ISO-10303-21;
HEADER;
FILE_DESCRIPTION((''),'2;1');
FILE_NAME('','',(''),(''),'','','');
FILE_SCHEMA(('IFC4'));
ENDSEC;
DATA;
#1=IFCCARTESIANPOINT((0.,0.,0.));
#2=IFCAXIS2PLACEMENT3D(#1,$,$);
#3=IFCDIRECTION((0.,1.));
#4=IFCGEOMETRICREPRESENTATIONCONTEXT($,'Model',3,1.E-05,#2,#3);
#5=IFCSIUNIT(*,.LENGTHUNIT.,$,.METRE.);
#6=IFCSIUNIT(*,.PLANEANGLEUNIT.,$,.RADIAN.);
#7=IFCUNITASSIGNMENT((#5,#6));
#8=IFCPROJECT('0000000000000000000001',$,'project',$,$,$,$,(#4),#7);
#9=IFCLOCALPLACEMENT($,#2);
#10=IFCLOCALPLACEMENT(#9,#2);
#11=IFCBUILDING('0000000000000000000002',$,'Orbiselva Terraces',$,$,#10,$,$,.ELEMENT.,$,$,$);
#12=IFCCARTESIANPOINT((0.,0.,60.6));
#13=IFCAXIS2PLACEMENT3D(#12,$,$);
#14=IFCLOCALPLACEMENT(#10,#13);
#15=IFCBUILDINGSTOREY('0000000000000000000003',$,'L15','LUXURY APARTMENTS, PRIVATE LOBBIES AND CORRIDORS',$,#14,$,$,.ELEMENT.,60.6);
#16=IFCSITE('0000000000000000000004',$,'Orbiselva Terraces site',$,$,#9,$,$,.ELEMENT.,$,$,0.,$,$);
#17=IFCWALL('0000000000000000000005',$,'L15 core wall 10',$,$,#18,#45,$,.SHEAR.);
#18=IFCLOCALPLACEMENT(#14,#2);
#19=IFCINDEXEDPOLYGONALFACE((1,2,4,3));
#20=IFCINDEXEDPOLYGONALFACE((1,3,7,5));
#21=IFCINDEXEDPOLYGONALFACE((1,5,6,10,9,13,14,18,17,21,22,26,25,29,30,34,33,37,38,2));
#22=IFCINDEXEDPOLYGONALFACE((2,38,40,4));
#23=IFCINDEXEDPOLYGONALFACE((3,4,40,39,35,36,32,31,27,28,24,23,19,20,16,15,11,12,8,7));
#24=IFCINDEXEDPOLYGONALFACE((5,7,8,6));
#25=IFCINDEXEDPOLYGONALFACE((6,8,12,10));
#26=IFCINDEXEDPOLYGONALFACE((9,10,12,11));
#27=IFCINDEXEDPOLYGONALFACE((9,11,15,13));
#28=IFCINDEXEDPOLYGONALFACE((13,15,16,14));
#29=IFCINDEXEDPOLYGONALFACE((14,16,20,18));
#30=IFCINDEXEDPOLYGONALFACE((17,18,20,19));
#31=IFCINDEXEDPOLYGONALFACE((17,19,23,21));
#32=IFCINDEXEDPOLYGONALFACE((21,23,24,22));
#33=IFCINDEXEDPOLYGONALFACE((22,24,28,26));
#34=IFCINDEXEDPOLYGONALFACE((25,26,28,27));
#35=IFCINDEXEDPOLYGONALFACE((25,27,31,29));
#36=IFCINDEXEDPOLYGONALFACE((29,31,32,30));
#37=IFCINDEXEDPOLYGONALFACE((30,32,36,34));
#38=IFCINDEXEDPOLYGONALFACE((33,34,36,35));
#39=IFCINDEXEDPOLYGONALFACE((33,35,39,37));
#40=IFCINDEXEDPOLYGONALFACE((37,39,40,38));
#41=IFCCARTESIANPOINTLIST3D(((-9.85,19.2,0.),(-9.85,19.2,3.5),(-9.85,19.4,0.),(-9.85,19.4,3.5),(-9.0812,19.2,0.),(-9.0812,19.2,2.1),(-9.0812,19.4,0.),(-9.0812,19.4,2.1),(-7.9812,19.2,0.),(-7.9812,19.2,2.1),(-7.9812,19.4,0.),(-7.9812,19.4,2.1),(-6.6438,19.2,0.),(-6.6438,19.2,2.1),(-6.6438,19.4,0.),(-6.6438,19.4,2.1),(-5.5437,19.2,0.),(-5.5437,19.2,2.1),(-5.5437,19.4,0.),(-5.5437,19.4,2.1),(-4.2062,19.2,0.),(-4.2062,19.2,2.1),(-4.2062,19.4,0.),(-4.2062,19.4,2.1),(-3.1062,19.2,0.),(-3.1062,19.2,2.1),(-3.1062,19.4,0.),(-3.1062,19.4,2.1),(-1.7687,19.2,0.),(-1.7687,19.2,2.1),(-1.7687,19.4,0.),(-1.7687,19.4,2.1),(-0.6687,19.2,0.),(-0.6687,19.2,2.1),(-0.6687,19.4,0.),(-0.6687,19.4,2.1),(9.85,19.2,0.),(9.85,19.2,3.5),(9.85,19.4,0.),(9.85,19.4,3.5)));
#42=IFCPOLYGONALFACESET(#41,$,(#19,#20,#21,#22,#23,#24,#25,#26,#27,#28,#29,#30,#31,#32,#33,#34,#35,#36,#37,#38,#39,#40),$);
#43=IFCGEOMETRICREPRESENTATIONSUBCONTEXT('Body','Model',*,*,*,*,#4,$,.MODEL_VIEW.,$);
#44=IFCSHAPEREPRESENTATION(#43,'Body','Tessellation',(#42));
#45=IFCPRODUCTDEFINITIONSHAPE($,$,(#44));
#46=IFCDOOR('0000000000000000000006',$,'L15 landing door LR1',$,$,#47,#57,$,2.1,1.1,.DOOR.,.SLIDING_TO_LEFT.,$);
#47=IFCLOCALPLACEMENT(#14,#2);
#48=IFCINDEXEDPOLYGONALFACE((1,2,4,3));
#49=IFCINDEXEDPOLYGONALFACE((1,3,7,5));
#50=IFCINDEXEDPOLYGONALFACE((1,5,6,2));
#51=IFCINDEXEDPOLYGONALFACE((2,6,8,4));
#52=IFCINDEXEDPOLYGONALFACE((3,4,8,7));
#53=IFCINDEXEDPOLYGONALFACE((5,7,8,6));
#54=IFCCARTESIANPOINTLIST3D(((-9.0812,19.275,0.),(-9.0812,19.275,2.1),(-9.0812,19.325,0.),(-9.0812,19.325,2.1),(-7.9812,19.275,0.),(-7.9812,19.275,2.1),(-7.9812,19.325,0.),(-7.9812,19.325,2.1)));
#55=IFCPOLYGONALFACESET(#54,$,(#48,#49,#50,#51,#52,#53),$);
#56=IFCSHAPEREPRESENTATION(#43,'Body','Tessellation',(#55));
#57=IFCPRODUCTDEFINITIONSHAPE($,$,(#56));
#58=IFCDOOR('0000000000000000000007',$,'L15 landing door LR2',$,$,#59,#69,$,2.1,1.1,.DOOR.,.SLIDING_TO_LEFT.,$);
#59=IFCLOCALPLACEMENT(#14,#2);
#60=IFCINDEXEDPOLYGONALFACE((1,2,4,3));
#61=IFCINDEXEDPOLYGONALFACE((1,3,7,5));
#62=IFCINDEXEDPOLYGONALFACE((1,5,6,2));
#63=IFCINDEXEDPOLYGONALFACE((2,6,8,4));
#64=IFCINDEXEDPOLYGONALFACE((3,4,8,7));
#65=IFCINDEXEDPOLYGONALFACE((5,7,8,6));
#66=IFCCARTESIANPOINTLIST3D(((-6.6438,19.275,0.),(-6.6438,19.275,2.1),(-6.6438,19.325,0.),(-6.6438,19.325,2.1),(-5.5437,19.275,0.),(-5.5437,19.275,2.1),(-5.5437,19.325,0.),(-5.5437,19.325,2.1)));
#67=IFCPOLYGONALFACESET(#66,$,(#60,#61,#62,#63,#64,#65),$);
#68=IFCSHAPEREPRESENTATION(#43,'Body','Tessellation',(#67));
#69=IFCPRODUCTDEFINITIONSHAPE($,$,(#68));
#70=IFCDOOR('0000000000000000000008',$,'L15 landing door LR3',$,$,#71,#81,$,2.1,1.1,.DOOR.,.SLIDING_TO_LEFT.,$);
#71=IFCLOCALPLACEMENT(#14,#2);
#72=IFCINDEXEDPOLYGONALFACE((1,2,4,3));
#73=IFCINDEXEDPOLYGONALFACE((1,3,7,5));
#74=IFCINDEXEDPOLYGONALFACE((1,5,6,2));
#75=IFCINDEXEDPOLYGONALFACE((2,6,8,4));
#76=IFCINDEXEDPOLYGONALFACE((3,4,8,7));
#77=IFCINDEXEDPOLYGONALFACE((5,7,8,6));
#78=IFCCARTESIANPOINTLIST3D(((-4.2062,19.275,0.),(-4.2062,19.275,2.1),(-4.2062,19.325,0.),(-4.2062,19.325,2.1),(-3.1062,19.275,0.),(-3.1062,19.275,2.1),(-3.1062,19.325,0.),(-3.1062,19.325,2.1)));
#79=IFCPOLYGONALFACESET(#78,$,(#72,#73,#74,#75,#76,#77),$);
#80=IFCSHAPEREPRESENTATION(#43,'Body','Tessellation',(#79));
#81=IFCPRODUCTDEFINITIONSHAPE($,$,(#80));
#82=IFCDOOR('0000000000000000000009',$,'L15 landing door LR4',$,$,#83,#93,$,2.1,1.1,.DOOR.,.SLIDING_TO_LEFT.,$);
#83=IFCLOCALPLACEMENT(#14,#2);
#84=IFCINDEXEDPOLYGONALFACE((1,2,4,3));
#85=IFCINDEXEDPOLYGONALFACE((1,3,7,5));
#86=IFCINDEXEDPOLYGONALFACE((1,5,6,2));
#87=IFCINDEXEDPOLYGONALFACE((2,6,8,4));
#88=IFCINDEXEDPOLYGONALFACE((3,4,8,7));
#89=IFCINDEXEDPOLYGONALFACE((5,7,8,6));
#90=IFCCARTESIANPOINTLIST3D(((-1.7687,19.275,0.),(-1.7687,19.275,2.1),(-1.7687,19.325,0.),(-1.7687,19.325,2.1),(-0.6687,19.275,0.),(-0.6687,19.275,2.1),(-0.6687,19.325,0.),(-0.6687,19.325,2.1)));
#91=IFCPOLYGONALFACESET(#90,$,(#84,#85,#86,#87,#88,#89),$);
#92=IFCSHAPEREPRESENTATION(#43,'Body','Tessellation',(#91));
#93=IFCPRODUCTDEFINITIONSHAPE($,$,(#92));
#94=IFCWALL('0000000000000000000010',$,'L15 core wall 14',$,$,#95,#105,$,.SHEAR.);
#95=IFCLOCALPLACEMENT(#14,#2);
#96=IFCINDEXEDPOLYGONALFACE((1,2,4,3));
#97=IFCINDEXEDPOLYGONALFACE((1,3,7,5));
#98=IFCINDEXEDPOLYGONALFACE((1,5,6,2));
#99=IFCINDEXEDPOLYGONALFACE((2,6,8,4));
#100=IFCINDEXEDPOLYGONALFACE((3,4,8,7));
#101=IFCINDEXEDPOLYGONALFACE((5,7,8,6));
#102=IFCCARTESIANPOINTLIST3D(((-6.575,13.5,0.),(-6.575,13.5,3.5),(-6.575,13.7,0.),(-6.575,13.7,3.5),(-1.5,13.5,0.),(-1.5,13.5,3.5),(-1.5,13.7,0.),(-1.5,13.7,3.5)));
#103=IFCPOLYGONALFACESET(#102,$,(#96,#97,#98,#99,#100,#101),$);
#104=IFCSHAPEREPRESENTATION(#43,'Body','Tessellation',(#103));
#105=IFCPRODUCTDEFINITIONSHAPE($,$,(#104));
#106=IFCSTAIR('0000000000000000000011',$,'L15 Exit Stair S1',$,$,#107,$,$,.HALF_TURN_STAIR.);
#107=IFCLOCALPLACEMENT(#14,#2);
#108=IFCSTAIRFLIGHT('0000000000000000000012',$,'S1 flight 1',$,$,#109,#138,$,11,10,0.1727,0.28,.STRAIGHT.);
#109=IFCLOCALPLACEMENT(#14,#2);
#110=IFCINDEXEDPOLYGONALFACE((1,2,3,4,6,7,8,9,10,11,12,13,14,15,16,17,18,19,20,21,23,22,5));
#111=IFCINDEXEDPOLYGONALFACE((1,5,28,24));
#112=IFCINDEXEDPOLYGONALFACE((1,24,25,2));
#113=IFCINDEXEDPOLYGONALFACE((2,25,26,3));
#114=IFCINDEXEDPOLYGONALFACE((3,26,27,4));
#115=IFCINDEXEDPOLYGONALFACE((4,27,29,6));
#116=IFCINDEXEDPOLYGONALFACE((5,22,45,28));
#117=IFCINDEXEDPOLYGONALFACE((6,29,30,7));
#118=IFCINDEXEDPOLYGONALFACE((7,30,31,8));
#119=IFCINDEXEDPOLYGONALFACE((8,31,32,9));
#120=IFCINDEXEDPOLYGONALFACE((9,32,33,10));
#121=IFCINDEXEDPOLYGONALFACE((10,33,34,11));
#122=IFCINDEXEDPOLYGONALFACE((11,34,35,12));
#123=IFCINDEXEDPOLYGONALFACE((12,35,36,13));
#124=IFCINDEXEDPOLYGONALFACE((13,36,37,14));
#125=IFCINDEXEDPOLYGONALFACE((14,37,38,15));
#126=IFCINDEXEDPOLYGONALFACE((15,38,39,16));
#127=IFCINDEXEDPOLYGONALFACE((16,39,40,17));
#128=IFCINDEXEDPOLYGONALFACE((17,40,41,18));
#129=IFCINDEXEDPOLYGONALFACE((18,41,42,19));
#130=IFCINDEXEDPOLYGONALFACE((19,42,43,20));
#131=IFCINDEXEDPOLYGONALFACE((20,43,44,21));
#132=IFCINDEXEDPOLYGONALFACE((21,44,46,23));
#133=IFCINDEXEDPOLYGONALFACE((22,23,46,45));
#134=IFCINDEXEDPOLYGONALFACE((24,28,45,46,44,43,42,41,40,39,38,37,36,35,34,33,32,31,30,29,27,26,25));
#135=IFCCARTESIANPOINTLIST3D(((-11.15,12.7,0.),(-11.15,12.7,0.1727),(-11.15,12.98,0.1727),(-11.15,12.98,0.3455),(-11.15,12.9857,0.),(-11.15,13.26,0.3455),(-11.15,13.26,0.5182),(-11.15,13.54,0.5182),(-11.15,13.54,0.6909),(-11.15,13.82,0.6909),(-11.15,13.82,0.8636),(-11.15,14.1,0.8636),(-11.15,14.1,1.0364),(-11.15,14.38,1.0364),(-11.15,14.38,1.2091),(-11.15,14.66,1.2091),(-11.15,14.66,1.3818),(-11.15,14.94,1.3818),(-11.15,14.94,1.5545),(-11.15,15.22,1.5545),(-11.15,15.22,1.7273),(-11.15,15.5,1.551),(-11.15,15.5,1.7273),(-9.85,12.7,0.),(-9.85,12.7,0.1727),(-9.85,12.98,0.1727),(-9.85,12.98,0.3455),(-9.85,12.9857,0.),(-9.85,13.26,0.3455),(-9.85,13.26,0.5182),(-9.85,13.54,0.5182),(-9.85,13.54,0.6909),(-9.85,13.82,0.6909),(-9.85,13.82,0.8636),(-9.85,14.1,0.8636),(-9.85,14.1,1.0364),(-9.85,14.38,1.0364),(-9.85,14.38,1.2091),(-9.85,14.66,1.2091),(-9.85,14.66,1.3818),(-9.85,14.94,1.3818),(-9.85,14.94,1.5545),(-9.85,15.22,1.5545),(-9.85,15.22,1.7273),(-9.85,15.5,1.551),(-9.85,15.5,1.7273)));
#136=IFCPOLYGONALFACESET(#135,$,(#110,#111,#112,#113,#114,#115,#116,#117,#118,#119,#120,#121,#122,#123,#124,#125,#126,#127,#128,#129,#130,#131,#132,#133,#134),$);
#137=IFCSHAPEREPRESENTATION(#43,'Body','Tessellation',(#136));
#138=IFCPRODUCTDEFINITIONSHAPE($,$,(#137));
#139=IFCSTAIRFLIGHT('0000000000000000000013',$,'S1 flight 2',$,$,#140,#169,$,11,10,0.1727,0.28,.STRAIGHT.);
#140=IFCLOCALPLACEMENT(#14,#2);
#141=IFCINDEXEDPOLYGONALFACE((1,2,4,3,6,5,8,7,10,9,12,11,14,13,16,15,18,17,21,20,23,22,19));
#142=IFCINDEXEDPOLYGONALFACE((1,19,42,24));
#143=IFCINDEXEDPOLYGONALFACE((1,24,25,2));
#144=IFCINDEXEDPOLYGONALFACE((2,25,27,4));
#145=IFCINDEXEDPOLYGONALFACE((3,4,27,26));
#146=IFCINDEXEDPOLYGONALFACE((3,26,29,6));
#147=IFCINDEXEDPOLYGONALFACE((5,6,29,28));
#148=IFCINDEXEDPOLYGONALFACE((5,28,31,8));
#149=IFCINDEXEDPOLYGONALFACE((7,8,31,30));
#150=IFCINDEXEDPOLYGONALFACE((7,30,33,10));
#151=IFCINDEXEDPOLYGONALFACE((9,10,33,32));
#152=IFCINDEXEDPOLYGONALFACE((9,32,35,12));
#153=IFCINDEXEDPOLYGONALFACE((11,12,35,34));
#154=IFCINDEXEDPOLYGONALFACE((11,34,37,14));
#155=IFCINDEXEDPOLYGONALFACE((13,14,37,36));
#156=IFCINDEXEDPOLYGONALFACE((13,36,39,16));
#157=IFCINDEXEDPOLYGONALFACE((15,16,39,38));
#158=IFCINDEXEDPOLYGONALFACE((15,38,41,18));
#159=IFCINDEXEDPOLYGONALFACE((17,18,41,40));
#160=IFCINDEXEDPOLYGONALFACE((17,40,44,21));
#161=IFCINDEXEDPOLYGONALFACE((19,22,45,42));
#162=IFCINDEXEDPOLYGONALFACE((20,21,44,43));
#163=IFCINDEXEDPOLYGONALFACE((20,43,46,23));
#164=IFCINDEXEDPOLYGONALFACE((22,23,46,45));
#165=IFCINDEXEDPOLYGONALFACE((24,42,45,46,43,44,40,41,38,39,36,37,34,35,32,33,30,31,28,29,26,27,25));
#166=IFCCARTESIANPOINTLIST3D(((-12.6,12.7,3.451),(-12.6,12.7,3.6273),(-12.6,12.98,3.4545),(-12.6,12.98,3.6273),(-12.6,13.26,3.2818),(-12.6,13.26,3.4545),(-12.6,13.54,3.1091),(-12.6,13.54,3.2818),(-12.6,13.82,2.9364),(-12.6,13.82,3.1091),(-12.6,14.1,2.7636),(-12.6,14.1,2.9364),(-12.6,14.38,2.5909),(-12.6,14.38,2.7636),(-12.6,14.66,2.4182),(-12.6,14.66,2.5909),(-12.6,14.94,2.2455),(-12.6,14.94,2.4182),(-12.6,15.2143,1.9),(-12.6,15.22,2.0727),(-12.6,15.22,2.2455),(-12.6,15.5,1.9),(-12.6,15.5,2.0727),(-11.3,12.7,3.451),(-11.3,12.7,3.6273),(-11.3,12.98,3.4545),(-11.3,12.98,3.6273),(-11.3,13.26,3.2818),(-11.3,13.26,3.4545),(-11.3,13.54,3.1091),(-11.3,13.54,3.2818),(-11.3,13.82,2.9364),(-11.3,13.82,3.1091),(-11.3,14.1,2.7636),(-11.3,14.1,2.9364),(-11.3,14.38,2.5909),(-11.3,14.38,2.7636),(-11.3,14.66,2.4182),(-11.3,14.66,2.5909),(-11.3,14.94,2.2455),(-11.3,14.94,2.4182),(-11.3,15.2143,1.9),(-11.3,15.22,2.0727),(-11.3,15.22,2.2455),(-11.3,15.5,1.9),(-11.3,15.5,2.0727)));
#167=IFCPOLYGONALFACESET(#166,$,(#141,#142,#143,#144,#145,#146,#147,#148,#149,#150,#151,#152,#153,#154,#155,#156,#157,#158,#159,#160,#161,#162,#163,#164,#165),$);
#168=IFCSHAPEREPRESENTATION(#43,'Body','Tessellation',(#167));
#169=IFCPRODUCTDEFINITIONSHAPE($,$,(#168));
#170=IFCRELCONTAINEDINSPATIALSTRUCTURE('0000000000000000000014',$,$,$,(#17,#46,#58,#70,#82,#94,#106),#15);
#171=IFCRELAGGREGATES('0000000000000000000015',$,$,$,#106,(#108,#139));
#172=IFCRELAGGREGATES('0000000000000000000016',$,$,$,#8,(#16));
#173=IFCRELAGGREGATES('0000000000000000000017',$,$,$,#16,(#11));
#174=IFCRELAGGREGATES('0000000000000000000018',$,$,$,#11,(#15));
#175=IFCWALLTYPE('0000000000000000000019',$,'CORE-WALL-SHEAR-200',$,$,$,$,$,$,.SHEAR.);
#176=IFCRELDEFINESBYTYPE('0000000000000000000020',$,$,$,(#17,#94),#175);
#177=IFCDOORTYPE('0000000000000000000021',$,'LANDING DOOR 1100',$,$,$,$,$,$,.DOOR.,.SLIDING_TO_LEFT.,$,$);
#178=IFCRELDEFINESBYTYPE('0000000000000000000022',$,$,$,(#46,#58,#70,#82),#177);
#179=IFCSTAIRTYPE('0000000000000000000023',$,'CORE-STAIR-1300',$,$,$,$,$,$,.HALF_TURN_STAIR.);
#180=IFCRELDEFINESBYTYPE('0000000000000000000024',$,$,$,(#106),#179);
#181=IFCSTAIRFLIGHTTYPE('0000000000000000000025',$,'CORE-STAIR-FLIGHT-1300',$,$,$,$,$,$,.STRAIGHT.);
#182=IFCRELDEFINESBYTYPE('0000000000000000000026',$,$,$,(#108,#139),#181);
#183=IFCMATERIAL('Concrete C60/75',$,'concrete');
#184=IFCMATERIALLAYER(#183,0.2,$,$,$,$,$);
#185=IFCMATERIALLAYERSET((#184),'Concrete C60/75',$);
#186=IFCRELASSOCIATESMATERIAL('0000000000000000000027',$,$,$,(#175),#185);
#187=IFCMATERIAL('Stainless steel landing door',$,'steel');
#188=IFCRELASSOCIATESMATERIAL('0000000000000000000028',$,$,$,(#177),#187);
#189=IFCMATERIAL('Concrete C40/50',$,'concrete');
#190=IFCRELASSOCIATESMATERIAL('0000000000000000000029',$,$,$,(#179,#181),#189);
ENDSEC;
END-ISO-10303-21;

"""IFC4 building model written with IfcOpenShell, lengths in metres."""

from ifc_helpers import new_model, si_unit, direction, frame, frame_2d, origin, place, context, subcontext, project, spatial, polyline, rectangle, outline, extrude, material, layer, layer_set, type_object, element, fill, aggregate, save


model = new_model("IFC4")

# Units and contexts
model_context = context("Model", 3, precision=1e-05, world=origin(), true_north=direction((0.0, 1.0)))
body_context = subcontext(model_context, "Body", "Model", "MODEL_VIEW")
ifc_project = project(units=[si_unit("LENGTHUNIT", "METRE"), si_unit("PLANEANGLEUNIT", "RADIAN")], contexts=[model_context])

# Site, building, storey
site_placement = place(None, origin())
site = spatial("IfcSite", under=ifc_project, at=site_placement, Name="Orbiselva Terraces site", CompositionType="ELEMENT", RefElevation=0.0)
building_placement = place(site_placement, origin())
building = spatial("IfcBuilding", under=site, at=building_placement, Name="Orbiselva Terraces", CompositionType="ELEMENT")
storey_placement = place(building_placement, frame((0.0, 0.0, 60.6)))
storey = spatial("IfcBuildingStorey", under=building, at=storey_placement, Name="L15", Description="LUXURY APARTMENTS, PRIVATE LOBBIES AND CORRIDORS", CompositionType="ELEMENT", Elevation=60.6)

# Shared definitions
ifc_material_1 = material(Name="Concrete C40/50", Category="concrete")
ifc_material_2 = material(Name="Concrete C60/75", Category="concrete")
ifc_layer_1 = layer(ifc_material_2, 0.2)
ifc_layer_set_1 = layer_set([ifc_layer_1], Name="Concrete C60/75")
wall_type_1 = type_object("IfcWallType", Name="CORE-WALL-SHEAR-200", PredefinedType="SHEAR", material=ifc_layer_set_1)

# Wall, openings, doors
wall_1_placement = place(storey_placement, frame((-9.85, 19.3, 0.0), z_axis=(0.0, 0.0, 1.0), x_axis=(1.0, 0.0, 0.0)))
wall_1 = element("IfcWall", 1, at=wall_1_placement, inside=storey, type_object=wall_type_1, Name="L15 core wall 10", PredefinedType="SHEAR", context=body_context, shape_type="SweptSolid", body=[
    extrude(rectangle(XDim=19.7, YDim=0.2, at=frame_2d((9.85, 0.0))), origin(), (0.0, 0.0, 1.0), 3.5),
])
opening_1_placement = place(wall_1_placement, frame((0.7688, 0.0, 0.0)))
opening_1 = element("IfcOpeningElement", 2, at=opening_1_placement, cuts=wall_1, PredefinedType="OPENING", context=body_context, shape_type="SweptSolid", body=[
    extrude(rectangle(XDim=1.1, YDim=2.1, at=frame_2d((0.55, 1.05))), frame((0.0, 0.11, 0.0), z_axis=(0.0, -1.0, 0.0), x_axis=(1.0, 0.0, 0.0)), (0.0, 0.0, 1.0), 0.22),
])
opening_2_placement = place(wall_1_placement, frame((3.2062, 0.0, 0.0)))
opening_2 = element("IfcOpeningElement", 3, at=opening_2_placement, cuts=wall_1, PredefinedType="OPENING", context=body_context, shape_type="SweptSolid", body=[
    extrude(rectangle(XDim=1.1, YDim=2.1, at=frame_2d((0.55, 1.05))), frame((0.0, 0.11, 0.0), z_axis=(0.0, -1.0, 0.0), x_axis=(1.0, 0.0, 0.0)), (0.0, 0.0, 1.0), 0.22),
])
opening_3_placement = place(wall_1_placement, frame((5.6437, 0.0, 0.0)))
opening_3 = element("IfcOpeningElement", 4, at=opening_3_placement, cuts=wall_1, PredefinedType="OPENING", context=body_context, shape_type="SweptSolid", body=[
    extrude(rectangle(XDim=1.1, YDim=2.1, at=frame_2d((0.55, 1.05))), frame((0.0, 0.11, 0.0), z_axis=(0.0, -1.0, 0.0), x_axis=(1.0, 0.0, 0.0)), (0.0, 0.0, 1.0), 0.22),
])
opening_4_placement = place(wall_1_placement, frame((8.0813, 0.0, 0.0)))
opening_4 = element("IfcOpeningElement", 5, at=opening_4_placement, cuts=wall_1, PredefinedType="OPENING", context=body_context, shape_type="SweptSolid", body=[
    extrude(rectangle(XDim=1.1, YDim=2.1, at=frame_2d((0.55, 1.05))), frame((0.0, 0.11, 0.0), z_axis=(0.0, -1.0, 0.0), x_axis=(1.0, 0.0, 0.0)), (0.0, 0.0, 1.0), 0.22),
])
ifc_material_3 = material(Name="Stainless steel landing door", Category="steel")
door_type_1 = type_object("IfcDoorType", Name="LANDING DOOR 1100", OperationType="SLIDING_TO_LEFT", PredefinedType="DOOR", material=ifc_material_3)
door_1_placement = place(opening_1_placement, origin())
door_1 = element("IfcDoor", 6, at=door_1_placement, inside=storey, type_object=door_type_1, Name="L15 landing door LR1", OperationType="SLIDING_TO_LEFT", OverallHeight=2.1, OverallWidth=1.1, PredefinedType="DOOR", context=body_context, shape_type="SweptSolid", body=[
    extrude(rectangle(XDim=1.1, YDim=2.1, at=frame_2d((0.55, 1.05))), frame((0.0, 0.025, 0.0), z_axis=(0.0, -1.0, 0.0), x_axis=(1.0, 0.0, 0.0)), (0.0, 0.0, 1.0), 0.05),
])
fill(opening_1, door_1)
door_2_placement = place(opening_2_placement, origin())
door_2 = element("IfcDoor", 7, at=door_2_placement, inside=storey, type_object=door_type_1, Name="L15 landing door LR2", OperationType="SLIDING_TO_LEFT", OverallHeight=2.1, OverallWidth=1.1, PredefinedType="DOOR", context=body_context, shape_type="SweptSolid", body=[
    extrude(rectangle(XDim=1.1, YDim=2.1, at=frame_2d((0.55, 1.05))), frame((0.0, 0.025, 0.0), z_axis=(0.0, -1.0, 0.0), x_axis=(1.0, 0.0, 0.0)), (0.0, 0.0, 1.0), 0.05),
])
fill(opening_2, door_2)
door_3_placement = place(opening_3_placement, origin())
door_3 = element("IfcDoor", 8, at=door_3_placement, inside=storey, type_object=door_type_1, Name="L15 landing door LR3", OperationType="SLIDING_TO_LEFT", OverallHeight=2.1, OverallWidth=1.1, PredefinedType="DOOR", context=body_context, shape_type="SweptSolid", body=[
    extrude(rectangle(XDim=1.1, YDim=2.1, at=frame_2d((0.55, 1.05))), frame((0.0, 0.025, 0.0), z_axis=(0.0, -1.0, 0.0), x_axis=(1.0, 0.0, 0.0)), (0.0, 0.0, 1.0), 0.05),
])
fill(opening_3, door_3)
door_4_placement = place(opening_4_placement, origin())
door_4 = element("IfcDoor", 9, at=door_4_placement, inside=storey, type_object=door_type_1, Name="L15 landing door LR4", OperationType="SLIDING_TO_LEFT", OverallHeight=2.1, OverallWidth=1.1, PredefinedType="DOOR", context=body_context, shape_type="SweptSolid", body=[
    extrude(rectangle(XDim=1.1, YDim=2.1, at=frame_2d((0.55, 1.05))), frame((0.0, 0.025, 0.0), z_axis=(0.0, -1.0, 0.0), x_axis=(1.0, 0.0, 0.0)), (0.0, 0.0, 1.0), 0.05),
])
fill(opening_4, door_4)

# Wall
wall_2_placement = place(storey_placement, frame((-6.575, 13.6, 0.0), z_axis=(0.0, 0.0, 1.0), x_axis=(1.0, 0.0, 0.0)))
element("IfcWall", 10, at=wall_2_placement, inside=storey, type_object=wall_type_1, Name="L15 core wall 14", PredefinedType="SHEAR", context=body_context, shape_type="SweptSolid", body=[
    extrude(rectangle(XDim=5.075, YDim=0.2, at=frame_2d((2.5375, 0.0))), origin(), (0.0, 0.0, 1.0), 3.5),
])

# Stair, stair flights
stair_type = type_object("IfcStairType", Name="CORE-STAIR-1300", PredefinedType="HALF_TURN_STAIR", material=ifc_material_1)
stair_placement = place(storey_placement, origin())
stair = element("IfcStair", 11, at=stair_placement, inside=storey, type_object=stair_type, Name="L15 Exit Stair S1", PredefinedType="HALF_TURN_STAIR")
stair_flight_type = type_object("IfcStairFlightType", Name="CORE-STAIR-FLIGHT-1300", PredefinedType="STRAIGHT", material=ifc_material_1)
stair_flight_1_placement = place(storey_placement, frame((-10.5, 12.7, 0.0), z_axis=(0.0, 0.0, 1.0), x_axis=(0.0, 1.0, 0.0)))
stair_flight_1 = element("IfcStairFlight", 12, at=stair_flight_1_placement, type_object=stair_flight_type, Name="S1 flight 1", NumberOfRisers=11, NumberOfTreads=10, PredefinedType="STRAIGHT", RiserHeight=0.1727, TreadLength=0.28, context=body_context, shape_type="SweptSolid", body=[
    extrude(outline(polyline([(0.0, 0.0), (0.0, 0.1727), (0.28, 0.1727), (0.28, 0.3455), (0.56, 0.3455), (0.56, 0.5182), (0.84, 0.5182), (0.84, 0.6909), (1.12, 0.6909), (1.12, 0.8636), (1.4, 0.8636), (1.4, 1.0364), (1.68, 1.0364), (1.68, 1.2091), (1.96, 1.2091), (1.96, 1.3818), (2.24, 1.3818), (2.24, 1.5545), (2.52, 1.5545), (2.52, 1.7273), (2.8, 1.7273), (2.8, 1.9), (2.8, 1.551), (0.2857, 0.0), (0.0, 0.0)])), frame((0.0, 0.65, 0.0), z_axis=(0.0, -1.0, 0.0), x_axis=(1.0, 0.0, 0.0)), (0.0, 0.0, 1.0), 1.3),
])
stair_flight_2_placement = place(storey_placement, frame((-11.95, 15.5, 1.9), z_axis=(0.0, 0.0, 1.0), x_axis=(0.0, -1.0, 0.0)))
stair_flight_2 = element("IfcStairFlight", 13, at=stair_flight_2_placement, type_object=stair_flight_type, Name="S1 flight 2", NumberOfRisers=11, NumberOfTreads=10, PredefinedType="STRAIGHT", RiserHeight=0.1727, TreadLength=0.28, context=body_context, shape_type="SweptSolid", body=[
    extrude(outline(polyline([(0.0, 0.0), (0.0, 0.1727), (0.28, 0.1727), (0.28, 0.3455), (0.56, 0.3455), (0.56, 0.5182), (0.84, 0.5182), (0.84, 0.6909), (1.12, 0.6909), (1.12, 0.8636), (1.4, 0.8636), (1.4, 1.0364), (1.68, 1.0364), (1.68, 1.2091), (1.96, 1.2091), (1.96, 1.3818), (2.24, 1.3818), (2.24, 1.5545), (2.52, 1.5545), (2.52, 1.7273), (2.8, 1.7273), (2.8, 1.9), (2.8, 1.551), (0.2857, 0.0), (0.0, 0.0)])), frame((0.0, 0.65, 0.0), z_axis=(0.0, -1.0, 0.0), x_axis=(1.0, 0.0, 0.0)), (0.0, 0.0, 1.0), 1.3),
])
aggregate(stair, [stair_flight_1, stair_flight_2])

save(model, "model.ifc")
